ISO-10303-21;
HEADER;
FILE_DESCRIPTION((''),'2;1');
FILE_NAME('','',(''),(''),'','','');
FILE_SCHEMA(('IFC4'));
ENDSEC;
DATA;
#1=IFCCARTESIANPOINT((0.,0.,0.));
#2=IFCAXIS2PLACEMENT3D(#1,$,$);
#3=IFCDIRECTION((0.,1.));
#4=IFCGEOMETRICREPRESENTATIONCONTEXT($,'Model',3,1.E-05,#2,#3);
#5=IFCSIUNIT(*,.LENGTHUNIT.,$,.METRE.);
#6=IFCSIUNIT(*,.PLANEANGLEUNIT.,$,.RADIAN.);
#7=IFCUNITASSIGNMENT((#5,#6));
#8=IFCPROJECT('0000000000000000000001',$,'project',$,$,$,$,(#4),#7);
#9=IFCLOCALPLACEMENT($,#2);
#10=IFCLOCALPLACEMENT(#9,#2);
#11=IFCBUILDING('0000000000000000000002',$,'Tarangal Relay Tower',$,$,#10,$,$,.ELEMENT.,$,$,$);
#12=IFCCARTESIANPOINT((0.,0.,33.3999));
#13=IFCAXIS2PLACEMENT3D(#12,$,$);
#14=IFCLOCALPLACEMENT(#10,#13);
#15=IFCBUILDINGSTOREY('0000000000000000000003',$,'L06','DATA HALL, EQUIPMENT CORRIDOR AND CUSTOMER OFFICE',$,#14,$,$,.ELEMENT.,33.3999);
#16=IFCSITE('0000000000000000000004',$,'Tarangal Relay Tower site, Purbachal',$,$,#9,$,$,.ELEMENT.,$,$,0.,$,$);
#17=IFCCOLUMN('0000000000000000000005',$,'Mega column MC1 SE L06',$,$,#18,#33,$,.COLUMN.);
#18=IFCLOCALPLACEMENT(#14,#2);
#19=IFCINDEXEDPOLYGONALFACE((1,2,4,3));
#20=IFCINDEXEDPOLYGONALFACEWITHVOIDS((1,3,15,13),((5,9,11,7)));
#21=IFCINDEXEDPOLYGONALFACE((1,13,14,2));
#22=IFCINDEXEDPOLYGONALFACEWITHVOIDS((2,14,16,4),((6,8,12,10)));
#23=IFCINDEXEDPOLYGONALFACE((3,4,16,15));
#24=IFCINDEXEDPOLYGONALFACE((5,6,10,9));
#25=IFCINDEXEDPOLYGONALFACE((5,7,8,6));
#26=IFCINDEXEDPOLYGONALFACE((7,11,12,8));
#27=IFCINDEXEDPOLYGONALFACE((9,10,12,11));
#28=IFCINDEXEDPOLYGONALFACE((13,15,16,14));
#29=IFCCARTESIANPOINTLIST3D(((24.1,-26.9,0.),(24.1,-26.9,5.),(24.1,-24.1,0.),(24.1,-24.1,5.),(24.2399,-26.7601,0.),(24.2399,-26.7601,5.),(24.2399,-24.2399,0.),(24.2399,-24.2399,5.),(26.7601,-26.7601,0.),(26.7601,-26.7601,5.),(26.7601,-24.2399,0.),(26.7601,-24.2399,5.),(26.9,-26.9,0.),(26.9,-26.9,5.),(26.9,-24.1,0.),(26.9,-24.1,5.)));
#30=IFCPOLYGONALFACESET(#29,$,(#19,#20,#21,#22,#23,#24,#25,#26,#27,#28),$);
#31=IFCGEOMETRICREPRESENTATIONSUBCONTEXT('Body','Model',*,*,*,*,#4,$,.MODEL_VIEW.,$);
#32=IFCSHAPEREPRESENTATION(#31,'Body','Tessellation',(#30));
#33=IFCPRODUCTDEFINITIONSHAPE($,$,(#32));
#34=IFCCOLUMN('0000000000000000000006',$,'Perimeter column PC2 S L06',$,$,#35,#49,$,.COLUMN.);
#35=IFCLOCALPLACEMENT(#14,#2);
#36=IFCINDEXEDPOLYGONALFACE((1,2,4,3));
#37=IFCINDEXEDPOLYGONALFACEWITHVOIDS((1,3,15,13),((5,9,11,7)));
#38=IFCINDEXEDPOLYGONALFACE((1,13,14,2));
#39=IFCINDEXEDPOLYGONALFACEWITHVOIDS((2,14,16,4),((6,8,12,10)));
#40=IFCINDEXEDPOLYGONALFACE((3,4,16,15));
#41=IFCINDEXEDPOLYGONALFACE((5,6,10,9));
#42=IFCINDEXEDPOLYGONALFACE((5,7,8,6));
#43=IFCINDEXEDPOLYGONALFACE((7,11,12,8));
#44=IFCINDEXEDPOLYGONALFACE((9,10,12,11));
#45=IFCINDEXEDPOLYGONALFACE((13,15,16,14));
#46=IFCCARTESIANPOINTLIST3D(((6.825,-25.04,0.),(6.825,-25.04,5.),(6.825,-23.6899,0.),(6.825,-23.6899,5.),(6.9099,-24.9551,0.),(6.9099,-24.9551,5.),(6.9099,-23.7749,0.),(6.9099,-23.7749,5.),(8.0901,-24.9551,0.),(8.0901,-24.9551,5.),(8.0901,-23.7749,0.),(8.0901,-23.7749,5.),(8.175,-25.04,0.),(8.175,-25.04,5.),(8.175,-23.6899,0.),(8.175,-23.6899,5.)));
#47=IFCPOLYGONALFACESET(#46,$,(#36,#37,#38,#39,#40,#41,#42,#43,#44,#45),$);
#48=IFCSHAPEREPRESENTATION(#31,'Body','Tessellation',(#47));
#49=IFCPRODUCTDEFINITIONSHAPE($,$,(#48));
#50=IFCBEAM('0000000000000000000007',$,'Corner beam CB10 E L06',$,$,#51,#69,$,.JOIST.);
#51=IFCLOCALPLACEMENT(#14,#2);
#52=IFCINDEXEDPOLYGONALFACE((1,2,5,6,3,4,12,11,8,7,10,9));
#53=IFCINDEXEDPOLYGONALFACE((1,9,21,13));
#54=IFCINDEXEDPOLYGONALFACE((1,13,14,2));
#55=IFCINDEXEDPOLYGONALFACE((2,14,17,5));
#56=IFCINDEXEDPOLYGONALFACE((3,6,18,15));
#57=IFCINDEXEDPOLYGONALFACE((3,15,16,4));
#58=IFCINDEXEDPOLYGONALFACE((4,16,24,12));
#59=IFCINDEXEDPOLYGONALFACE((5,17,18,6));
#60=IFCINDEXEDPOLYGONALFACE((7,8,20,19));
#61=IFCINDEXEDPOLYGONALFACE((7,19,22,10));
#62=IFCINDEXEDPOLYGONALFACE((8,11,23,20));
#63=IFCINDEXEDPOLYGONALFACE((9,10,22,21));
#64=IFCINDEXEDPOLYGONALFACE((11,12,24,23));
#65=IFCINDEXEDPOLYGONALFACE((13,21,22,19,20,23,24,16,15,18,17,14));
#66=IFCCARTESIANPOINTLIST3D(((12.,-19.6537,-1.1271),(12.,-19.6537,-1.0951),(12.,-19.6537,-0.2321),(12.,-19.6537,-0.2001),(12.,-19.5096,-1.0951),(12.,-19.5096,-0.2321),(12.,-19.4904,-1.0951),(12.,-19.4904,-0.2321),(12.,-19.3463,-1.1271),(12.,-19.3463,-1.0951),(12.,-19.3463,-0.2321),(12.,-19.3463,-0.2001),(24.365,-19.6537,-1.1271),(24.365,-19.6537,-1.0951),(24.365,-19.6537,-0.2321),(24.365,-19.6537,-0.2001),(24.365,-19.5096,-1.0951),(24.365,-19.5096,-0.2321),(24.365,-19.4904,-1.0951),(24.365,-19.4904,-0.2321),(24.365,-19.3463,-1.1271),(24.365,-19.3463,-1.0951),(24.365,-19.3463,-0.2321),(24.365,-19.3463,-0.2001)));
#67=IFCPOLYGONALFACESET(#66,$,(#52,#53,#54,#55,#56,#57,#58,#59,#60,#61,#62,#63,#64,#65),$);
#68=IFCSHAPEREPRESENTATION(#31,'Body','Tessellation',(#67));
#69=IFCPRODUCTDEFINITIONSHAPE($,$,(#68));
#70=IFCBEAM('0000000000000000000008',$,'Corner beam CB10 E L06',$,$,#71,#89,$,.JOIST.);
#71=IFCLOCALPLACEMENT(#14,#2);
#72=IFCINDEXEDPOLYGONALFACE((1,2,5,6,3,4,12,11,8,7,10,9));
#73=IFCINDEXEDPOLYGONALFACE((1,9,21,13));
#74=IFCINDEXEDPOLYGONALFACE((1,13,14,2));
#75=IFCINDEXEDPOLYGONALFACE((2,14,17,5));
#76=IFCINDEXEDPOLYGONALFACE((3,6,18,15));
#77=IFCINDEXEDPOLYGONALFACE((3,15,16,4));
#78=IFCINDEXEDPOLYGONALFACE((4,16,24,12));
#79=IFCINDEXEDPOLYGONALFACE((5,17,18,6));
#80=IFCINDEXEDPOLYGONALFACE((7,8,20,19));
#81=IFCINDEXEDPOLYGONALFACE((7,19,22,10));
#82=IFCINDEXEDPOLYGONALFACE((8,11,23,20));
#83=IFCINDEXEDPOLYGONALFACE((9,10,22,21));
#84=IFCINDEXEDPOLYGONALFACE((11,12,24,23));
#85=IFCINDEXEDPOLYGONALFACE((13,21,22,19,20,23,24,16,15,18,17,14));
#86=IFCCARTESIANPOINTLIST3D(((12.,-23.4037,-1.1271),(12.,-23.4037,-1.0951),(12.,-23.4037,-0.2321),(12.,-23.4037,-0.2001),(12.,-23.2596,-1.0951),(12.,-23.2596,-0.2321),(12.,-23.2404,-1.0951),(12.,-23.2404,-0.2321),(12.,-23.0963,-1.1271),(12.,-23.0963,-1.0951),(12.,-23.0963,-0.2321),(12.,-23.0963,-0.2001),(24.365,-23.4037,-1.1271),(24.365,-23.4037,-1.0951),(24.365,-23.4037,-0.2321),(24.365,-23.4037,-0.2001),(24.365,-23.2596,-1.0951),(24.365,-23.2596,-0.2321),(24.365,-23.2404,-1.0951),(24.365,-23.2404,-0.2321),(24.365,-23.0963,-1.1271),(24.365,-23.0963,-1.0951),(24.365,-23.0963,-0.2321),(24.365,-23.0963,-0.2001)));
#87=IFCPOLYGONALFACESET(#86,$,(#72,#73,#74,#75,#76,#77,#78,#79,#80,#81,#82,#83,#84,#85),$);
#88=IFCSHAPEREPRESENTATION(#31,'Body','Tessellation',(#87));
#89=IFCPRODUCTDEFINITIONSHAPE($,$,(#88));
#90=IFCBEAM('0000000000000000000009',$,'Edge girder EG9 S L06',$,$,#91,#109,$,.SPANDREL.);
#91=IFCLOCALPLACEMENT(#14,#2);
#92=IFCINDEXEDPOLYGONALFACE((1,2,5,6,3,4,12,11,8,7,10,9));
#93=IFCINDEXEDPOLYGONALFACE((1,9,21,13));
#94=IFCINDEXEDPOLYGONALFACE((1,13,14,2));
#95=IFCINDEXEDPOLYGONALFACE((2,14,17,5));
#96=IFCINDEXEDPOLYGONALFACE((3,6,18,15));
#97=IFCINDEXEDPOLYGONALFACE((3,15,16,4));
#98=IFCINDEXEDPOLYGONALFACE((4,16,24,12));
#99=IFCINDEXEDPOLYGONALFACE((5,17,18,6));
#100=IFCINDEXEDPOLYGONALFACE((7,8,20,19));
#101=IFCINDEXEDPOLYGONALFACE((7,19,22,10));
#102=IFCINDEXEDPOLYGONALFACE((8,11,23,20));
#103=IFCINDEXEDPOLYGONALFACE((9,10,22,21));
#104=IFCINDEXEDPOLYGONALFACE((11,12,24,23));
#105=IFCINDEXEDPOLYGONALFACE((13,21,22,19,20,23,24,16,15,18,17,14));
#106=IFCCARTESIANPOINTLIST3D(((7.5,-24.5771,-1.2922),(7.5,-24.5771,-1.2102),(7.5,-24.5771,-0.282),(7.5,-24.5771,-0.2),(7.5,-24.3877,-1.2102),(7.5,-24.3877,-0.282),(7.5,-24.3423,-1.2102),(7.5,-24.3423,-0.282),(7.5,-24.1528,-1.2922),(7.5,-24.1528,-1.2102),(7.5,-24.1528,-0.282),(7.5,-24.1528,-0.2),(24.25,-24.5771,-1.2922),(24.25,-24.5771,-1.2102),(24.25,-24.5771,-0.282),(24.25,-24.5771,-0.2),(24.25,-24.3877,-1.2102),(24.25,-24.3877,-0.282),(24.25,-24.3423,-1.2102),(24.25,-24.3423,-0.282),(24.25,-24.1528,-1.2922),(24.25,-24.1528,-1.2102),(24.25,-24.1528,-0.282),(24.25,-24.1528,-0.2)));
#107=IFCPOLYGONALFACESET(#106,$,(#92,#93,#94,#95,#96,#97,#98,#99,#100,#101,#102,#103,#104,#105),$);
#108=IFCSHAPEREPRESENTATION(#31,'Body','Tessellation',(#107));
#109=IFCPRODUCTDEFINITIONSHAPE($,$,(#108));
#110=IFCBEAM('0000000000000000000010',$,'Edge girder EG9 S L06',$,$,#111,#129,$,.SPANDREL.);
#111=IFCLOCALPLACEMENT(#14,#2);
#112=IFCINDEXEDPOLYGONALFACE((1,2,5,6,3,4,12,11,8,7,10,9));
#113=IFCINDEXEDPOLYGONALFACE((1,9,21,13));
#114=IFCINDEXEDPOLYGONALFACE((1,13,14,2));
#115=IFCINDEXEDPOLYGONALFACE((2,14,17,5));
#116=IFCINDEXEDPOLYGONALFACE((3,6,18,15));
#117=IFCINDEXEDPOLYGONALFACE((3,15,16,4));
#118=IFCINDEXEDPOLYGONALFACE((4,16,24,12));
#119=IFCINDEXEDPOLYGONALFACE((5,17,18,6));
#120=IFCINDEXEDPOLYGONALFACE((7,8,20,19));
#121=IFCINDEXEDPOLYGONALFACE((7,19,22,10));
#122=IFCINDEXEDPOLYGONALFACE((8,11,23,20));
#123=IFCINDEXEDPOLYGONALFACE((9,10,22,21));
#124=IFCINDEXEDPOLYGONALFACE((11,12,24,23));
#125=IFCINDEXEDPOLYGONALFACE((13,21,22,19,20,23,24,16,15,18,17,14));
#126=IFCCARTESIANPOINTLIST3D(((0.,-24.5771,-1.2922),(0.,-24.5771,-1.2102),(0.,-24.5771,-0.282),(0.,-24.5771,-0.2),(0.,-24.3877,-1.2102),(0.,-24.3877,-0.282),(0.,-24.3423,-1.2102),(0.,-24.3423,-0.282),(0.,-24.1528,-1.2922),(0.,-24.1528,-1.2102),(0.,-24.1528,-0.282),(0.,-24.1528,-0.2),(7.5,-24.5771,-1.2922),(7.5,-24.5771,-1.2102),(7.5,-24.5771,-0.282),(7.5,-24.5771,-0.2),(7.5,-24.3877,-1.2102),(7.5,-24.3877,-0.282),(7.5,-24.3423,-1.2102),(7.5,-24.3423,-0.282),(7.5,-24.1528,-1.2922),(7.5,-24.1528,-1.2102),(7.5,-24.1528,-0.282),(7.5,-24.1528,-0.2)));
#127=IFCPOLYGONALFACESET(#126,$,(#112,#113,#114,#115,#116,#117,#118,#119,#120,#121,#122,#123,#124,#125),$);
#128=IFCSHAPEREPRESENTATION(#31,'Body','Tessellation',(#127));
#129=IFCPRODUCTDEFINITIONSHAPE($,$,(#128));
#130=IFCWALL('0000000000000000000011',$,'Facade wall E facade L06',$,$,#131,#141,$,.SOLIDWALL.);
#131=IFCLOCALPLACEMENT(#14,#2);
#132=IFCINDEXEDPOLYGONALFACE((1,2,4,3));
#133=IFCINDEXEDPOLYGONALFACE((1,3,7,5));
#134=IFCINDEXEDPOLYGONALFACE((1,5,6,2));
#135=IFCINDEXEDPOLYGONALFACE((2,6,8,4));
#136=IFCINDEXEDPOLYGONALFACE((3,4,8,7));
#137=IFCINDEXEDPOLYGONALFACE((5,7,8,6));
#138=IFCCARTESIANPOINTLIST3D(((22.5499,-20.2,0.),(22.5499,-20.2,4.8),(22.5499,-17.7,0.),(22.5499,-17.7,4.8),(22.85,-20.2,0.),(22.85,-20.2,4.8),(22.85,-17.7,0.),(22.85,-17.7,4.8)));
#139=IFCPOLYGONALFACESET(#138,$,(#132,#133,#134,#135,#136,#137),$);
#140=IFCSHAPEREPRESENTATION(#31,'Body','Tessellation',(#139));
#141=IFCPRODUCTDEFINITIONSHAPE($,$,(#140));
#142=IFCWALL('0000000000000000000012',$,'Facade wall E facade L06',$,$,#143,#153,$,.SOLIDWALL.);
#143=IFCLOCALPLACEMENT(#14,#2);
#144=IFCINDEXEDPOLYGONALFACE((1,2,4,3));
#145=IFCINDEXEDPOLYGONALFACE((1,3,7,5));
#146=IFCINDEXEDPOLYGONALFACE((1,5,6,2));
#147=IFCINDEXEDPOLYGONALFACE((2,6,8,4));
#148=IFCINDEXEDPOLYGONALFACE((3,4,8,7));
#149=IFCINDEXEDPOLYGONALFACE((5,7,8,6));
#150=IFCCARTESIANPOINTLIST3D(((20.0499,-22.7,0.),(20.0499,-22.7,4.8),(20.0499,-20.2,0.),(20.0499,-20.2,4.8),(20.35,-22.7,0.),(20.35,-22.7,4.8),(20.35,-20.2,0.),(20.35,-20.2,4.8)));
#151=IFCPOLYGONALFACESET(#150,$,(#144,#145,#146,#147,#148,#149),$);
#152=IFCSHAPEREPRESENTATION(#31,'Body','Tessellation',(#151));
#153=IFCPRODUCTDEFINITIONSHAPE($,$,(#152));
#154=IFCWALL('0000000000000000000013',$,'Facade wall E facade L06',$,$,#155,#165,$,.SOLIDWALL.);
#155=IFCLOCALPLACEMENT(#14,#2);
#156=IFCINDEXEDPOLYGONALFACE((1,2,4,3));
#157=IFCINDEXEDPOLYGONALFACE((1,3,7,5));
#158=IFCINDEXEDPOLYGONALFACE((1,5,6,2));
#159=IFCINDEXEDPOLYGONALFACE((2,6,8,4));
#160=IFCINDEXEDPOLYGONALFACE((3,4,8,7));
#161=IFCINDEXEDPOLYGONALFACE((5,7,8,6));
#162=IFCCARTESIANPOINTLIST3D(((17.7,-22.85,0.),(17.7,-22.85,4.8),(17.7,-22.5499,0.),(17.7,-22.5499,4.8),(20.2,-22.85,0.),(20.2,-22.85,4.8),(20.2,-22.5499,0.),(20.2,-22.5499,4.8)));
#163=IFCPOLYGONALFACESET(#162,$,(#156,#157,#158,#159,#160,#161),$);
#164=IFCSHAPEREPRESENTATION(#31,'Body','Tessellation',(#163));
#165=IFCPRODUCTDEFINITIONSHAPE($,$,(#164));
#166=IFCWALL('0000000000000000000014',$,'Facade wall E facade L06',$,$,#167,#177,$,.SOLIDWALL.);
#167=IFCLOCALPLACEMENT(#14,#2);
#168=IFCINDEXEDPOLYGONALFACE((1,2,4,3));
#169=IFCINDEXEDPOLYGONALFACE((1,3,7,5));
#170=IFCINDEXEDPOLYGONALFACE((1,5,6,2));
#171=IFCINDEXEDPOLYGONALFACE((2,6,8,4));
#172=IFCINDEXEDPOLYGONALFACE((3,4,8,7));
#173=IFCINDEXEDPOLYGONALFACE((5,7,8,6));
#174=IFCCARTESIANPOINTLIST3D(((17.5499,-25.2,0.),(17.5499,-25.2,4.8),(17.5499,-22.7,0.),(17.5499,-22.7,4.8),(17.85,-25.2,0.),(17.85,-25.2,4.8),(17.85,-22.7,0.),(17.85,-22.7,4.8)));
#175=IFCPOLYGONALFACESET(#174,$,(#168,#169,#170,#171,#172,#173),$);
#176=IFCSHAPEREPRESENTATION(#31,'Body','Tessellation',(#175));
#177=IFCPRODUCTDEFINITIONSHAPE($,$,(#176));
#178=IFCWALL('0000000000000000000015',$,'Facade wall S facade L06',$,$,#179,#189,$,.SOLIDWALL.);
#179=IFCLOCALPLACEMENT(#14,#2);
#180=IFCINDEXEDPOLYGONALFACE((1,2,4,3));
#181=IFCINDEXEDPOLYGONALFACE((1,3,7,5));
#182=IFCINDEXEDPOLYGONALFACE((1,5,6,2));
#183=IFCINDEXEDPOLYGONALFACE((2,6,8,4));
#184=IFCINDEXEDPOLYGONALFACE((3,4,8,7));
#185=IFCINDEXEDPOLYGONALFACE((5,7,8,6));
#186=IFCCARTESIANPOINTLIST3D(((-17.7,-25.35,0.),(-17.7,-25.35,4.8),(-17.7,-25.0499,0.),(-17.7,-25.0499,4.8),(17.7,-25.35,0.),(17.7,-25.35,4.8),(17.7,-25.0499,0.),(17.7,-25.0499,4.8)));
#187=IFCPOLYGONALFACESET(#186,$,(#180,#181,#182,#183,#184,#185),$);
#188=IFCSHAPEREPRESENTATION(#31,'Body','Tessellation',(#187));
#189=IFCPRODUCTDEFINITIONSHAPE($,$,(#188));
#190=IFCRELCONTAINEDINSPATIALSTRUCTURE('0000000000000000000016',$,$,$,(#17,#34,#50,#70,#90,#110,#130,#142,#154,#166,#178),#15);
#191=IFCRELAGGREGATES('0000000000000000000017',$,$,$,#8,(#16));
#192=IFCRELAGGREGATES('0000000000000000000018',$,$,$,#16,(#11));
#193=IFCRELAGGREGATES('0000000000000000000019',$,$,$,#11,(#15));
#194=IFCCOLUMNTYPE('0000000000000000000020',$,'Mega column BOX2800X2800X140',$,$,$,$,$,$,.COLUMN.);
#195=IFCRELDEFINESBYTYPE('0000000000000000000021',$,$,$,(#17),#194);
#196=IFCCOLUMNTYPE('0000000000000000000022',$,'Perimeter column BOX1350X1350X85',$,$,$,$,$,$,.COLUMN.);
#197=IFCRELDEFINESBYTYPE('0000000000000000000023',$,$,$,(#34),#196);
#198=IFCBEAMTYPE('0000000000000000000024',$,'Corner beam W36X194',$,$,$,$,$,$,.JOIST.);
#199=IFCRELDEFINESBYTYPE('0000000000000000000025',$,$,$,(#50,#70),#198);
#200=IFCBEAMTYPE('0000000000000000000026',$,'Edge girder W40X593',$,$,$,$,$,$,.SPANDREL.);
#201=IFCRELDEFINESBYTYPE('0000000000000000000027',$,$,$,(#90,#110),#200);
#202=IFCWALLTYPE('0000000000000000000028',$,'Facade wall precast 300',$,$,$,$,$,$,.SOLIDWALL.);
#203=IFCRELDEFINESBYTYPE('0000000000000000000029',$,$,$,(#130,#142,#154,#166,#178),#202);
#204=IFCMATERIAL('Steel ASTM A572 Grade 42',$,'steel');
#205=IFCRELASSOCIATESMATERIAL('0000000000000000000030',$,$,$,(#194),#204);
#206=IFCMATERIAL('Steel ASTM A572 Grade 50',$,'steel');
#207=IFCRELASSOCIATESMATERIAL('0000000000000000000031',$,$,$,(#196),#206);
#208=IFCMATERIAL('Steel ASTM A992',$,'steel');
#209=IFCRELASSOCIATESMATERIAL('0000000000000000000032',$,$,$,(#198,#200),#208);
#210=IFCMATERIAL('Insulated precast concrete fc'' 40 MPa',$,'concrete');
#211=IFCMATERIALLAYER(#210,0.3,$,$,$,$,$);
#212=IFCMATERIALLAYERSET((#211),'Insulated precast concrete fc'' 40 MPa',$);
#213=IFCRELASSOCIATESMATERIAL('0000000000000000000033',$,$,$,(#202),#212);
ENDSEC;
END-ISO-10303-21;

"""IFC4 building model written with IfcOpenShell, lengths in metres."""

from ifc_helpers import new_model, si_unit, direction, frame, frame_2d, origin, origin_2d, place, context, subcontext, project, spatial, rectangle, hollow_rectangle, i_section, extrude, material, layer, layer_set, material_profile, profile_set, type_object, element, save


model = new_model("IFC4")

# Units and contexts
model_context = context("Model", 3, precision=1e-05, world=origin(), true_north=direction((0.0, 1.0)))
body_context = subcontext(model_context, "Body", "Model", "MODEL_VIEW")
ifc_project = project(units=[si_unit("LENGTHUNIT", "METRE"), si_unit("PLANEANGLEUNIT", "RADIAN")], contexts=[model_context])

# Site, building, storey
site_placement = place(None, origin())
site = spatial("IfcSite", under=ifc_project, at=site_placement, Name="Tarangal Relay Tower site, Purbachal", CompositionType="ELEMENT", RefElevation=0.0)
building_placement = place(site_placement, origin())
building = spatial("IfcBuilding", under=site, at=building_placement, Name="Tarangal Relay Tower", CompositionType="ELEMENT")
storey_placement = place(building_placement, frame((0.0, 0.0, 33.3999)))
storey = spatial("IfcBuildingStorey", under=building, at=storey_placement, Name="L06", Description="DATA HALL, EQUIPMENT CORRIDOR AND CUSTOMER OFFICE", CompositionType="ELEMENT", Elevation=33.3999)

# Columns
ifc_material_1 = material(Name="Steel ASTM A572 Grade 42", Category="steel")
ifc_material_profile_1 = material_profile(ifc_material_1, hollow_rectangle(XDim=2.8, YDim=2.8, WallThickness=0.1399, at=origin_2d()), Name="BOX2800X2800X140")
ifc_profile_set_1 = profile_set([ifc_material_profile_1], Name="Steel ASTM A572 Grade 42")
column_type_1 = type_object("IfcColumnType", Name="Mega column BOX2800X2800X140", PredefinedType="COLUMN", material=ifc_profile_set_1)
column_1_placement = place(storey_placement, frame((25.5, -25.5, 0.0), z_axis=(0.0, 0.0, 1.0), x_axis=(1.0, 0.0, 0.0)))
element("IfcColumn", 1, at=column_1_placement, inside=storey, type_object=column_type_1, Name="Mega column MC1 SE L06", PredefinedType="COLUMN", context=body_context, shape_type="SweptSolid", body=[
    extrude(hollow_rectangle(XDim=2.8, YDim=2.8, WallThickness=0.1399, at=origin_2d()), origin(), (0.0, 0.0, 1.0), 5.0),
])
ifc_material_2 = material(Name="Steel ASTM A572 Grade 50", Category="steel")
ifc_material_profile_2 = material_profile(ifc_material_2, hollow_rectangle(XDim=1.3501, YDim=1.3501, WallThickness=0.085, at=origin_2d()), Name="BOX1350X1350X85")
ifc_profile_set_2 = profile_set([ifc_material_profile_2], Name="Steel ASTM A572 Grade 50")
column_type_2 = type_object("IfcColumnType", Name="Perimeter column BOX1350X1350X85", PredefinedType="COLUMN", material=ifc_profile_set_2)
column_2_placement = place(storey_placement, frame((7.5, -24.365, 0.0), z_axis=(0.0, 0.0, 1.0), x_axis=(1.0, 0.0, 0.0)))
element("IfcColumn", 2, at=column_2_placement, inside=storey, type_object=column_type_2, Name="Perimeter column PC2 S L06", PredefinedType="COLUMN", context=body_context, shape_type="SweptSolid", body=[
    extrude(hollow_rectangle(XDim=1.3501, YDim=1.3501, WallThickness=0.085, at=origin_2d()), origin(), (0.0, 0.0, 1.0), 5.0),
])

# Beams
ifc_material_3 = material(Name="Steel ASTM A992", Category="steel")
ifc_material_profile_3 = material_profile(ifc_material_3, i_section(OverallWidth=0.3074, OverallDepth=0.927, WebThickness=0.0193, FlangeThickness=0.032, at=origin_2d()), Name="W36X194")
ifc_profile_set_3 = profile_set([ifc_material_profile_3], Name="Steel ASTM A992")
beam_type_1 = type_object("IfcBeamType", Name="Corner beam W36X194", PredefinedType="JOIST", material=ifc_profile_set_3)
for number, where, z_axis, x_axis, name in (
    (3, (12.0, -19.5, -0.6636), (1.0, 0.0, 0.0), (0.0, 1.0, 0.0), "Corner beam CB10 E L06"),
    (4, (12.0, -23.25, -0.6636), (1.0, 0.0, 0.0), (0.0, 1.0, 0.0), "Corner beam CB10 E L06"),
):
    element("IfcBeam", number, at=place(storey_placement, frame(where, z_axis=z_axis, x_axis=x_axis)), inside=storey, type_object=beam_type_1, Name=name, PredefinedType="JOIST", context=body_context, shape_type="SweptSolid", body=[
        extrude(i_section(OverallWidth=0.3074, OverallDepth=0.927, WebThickness=0.0193, FlangeThickness=0.032, at=origin_2d()), origin(), (0.0, 0.0, 1.0), 12.365),
    ])
ifc_material_profile_4 = material_profile(ifc_material_3, i_section(OverallWidth=0.4243, OverallDepth=1.0923, WebThickness=0.0454, FlangeThickness=0.082, at=origin_2d()), Name="W40X593")
ifc_profile_set_4 = profile_set([ifc_material_profile_4], Name="Steel ASTM A992")
beam_type_2 = type_object("IfcBeamType", Name="Edge girder W40X593", PredefinedType="SPANDREL", material=ifc_profile_set_4)
beam_1_placement = place(storey_placement, frame((24.25, -24.365, -0.7461), z_axis=(-1.0, 0.0, 0.0), x_axis=(0.0, -1.0, 0.0)))
element("IfcBeam", 5, at=beam_1_placement, inside=storey, type_object=beam_type_2, Name="Edge girder EG9 S L06", PredefinedType="SPANDREL", context=body_context, shape_type="SweptSolid", body=[
    extrude(i_section(OverallWidth=0.4243, OverallDepth=1.0923, WebThickness=0.0454, FlangeThickness=0.082, at=origin_2d()), origin(), (0.0, 0.0, 1.0), 16.75),
])
beam_2_placement = place(storey_placement, frame((7.5, -24.365, -0.7461), z_axis=(-1.0, 0.0, 0.0), x_axis=(0.0, -1.0, 0.0)))
element("IfcBeam", 6, at=beam_2_placement, inside=storey, type_object=beam_type_2, Name="Edge girder EG9 S L06", PredefinedType="SPANDREL", context=body_context, shape_type="SweptSolid", body=[
    extrude(i_section(OverallWidth=0.4243, OverallDepth=1.0923, WebThickness=0.0454, FlangeThickness=0.082, at=origin_2d()), origin(), (0.0, 0.0, 1.0), 7.5),
])

# Wall
ifc_material_4 = material(Name="Insulated precast concrete fc' 40 MPa", Category="concrete")
ifc_layer_1 = layer(ifc_material_4, 0.3)
ifc_layer_set_1 = layer_set([ifc_layer_1], Name="Insulated precast concrete fc' 40 MPa")
wall_type_1 = type_object("IfcWallType", Name="Facade wall precast 300", PredefinedType="SOLIDWALL", material=ifc_layer_set_1)
wall_1_placement = place(storey_placement, frame((22.7, -17.7, 0.0), z_axis=(0.0, 0.0, 1.0), x_axis=(0.0, -1.0, 0.0)))
element("IfcWall", 7, at=wall_1_placement, inside=storey, type_object=wall_type_1, Name="Facade wall E facade L06", PredefinedType="SOLIDWALL", context=body_context, shape_type="SweptSolid", body=[
    extrude(rectangle(XDim=2.5, YDim=0.3, at=frame_2d((1.25, 0.0))), origin(), (0.0, 0.0, 1.0), 4.8),
])

# Walls
for number, where, z_axis, x_axis, name in (
    (8, (20.2, -20.2, 0.0), (0.0, 0.0, 1.0), (0.0, -1.0, 0.0), "Facade wall E facade L06"),
    (9, (20.2, -22.7, 0.0), (0.0, 0.0, 1.0), (-1.0, 0.0, 0.0), "Facade wall E facade L06"),
    (10, (17.7, -22.7, 0.0), (0.0, 0.0, 1.0), (0.0, -1.0, 0.0), "Facade wall E facade L06"),
):
    element("IfcWall", number, at=place(storey_placement, frame(where, z_axis=z_axis, x_axis=x_axis)), inside=storey, type_object=wall_type_1, Name=name, PredefinedType="SOLIDWALL", context=body_context, shape_type="SweptSolid", body=[
        extrude(rectangle(XDim=2.5, YDim=0.3, at=frame_2d((1.25, 0.0))), origin(), (0.0, 0.0, 1.0), 4.8),
    ])
wall_2_placement = place(storey_placement, frame((17.7, -25.2, 0.0), z_axis=(0.0, 0.0, 1.0), x_axis=(-1.0, 0.0, 0.0)))
element("IfcWall", 11, at=wall_2_placement, inside=storey, type_object=wall_type_1, Name="Facade wall S facade L06", PredefinedType="SOLIDWALL", context=body_context, shape_type="SweptSolid", body=[
    extrude(rectangle(XDim=35.3999, YDim=0.3, at=frame_2d((17.7, 0.0))), origin(), (0.0, 0.0, 1.0), 4.8),
])

save(model, "model.ifc")
